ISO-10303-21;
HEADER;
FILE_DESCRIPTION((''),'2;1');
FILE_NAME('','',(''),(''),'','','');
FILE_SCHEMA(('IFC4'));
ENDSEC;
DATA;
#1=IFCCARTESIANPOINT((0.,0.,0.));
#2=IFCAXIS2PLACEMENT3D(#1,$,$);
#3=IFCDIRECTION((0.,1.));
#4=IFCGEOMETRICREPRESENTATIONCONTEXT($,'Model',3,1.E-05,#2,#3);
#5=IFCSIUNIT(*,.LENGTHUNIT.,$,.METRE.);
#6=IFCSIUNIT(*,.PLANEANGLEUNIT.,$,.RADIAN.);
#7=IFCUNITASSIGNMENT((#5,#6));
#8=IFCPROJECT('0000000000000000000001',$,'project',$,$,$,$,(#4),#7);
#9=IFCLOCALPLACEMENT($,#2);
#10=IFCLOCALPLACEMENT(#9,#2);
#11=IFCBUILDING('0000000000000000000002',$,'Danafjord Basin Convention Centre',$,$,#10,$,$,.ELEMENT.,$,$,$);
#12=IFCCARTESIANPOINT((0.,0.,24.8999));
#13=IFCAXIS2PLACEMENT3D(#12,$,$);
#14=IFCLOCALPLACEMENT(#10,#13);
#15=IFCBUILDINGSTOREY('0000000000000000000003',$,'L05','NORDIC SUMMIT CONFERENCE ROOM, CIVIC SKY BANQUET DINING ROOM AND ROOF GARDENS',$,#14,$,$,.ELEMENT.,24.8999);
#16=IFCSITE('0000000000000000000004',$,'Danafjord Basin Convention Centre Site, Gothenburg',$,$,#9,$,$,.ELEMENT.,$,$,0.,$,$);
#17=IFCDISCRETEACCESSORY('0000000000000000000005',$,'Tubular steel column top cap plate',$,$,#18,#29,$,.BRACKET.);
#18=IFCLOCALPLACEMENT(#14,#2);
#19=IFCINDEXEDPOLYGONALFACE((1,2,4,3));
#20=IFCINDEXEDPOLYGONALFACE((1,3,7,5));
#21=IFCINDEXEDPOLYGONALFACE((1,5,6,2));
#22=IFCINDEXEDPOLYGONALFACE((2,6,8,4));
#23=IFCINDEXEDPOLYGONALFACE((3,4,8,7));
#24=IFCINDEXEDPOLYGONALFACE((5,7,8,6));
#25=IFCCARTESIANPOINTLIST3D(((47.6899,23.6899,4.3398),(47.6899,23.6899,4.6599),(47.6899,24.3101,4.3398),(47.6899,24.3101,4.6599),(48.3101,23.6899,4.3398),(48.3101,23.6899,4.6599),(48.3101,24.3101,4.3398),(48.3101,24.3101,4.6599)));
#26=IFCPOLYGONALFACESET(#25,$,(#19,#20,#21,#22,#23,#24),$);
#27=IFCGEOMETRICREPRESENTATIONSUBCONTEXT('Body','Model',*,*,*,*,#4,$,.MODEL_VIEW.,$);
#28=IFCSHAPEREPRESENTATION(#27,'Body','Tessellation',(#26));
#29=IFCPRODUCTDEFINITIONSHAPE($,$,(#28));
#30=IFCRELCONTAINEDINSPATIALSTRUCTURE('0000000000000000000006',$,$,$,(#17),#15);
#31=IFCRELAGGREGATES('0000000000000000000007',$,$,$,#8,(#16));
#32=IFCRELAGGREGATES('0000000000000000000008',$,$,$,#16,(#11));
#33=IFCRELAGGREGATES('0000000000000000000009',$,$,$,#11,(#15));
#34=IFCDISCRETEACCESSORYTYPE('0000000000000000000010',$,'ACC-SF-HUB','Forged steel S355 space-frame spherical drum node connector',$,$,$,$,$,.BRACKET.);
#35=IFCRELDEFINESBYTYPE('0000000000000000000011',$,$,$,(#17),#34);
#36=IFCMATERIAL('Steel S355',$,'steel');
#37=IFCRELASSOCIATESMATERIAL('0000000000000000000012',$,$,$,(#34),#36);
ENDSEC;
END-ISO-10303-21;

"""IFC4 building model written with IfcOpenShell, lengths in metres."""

from ifc_helpers import new_model, si_unit, direction, frame, origin, origin_2d, place, context, subcontext, project, spatial, rectangle, extrude, material, type_object, element, save


model = new_model("IFC4")

# Units and contexts
model_context = context("Model", 3, precision=1e-05, world=origin(), true_north=direction((0.0, 1.0)))
body_context = subcontext(model_context, "Body", "Model", "MODEL_VIEW")
ifc_project = project(units=[si_unit("LENGTHUNIT", "METRE"), si_unit("PLANEANGLEUNIT", "RADIAN")], contexts=[model_context])

# Site, building, storey
site_placement = place(None, origin())
site = spatial("IfcSite", under=ifc_project, at=site_placement, Name="Danafjord Basin Convention Centre Site, Gothenburg", CompositionType="ELEMENT", RefElevation=0.0)
building_placement = place(site_placement, origin())
building = spatial("IfcBuilding", under=site, at=building_placement, Name="Danafjord Basin Convention Centre", CompositionType="ELEMENT")
storey_placement = place(building_placement, frame((0.0, 0.0, 24.8999)))
storey = spatial("IfcBuildingStorey", under=building, at=storey_placement, Name="L05", Description="NORDIC SUMMIT CONFERENCE ROOM, CIVIC SKY BANQUET DINING ROOM AND ROOF GARDENS", CompositionType="ELEMENT", Elevation=24.8999)

# Shared definitions
ifc_material_1 = material(Name="Steel S355", Category="steel")

# Discrete accessory
discrete_accessory_type_1 = type_object("IfcDiscreteAccessoryType", Name="ACC-SF-HUB", Description="Forged steel S355 space-frame spherical drum node connector", PredefinedType="BRACKET", material=ifc_material_1)
discrete_accessory_1_placement = place(storey_placement, frame((48.0, 24.0, 4.3398), z_axis=(0.0, 0.0, 1.0), x_axis=(1.0, 0.0, 0.0)))
element("IfcDiscreteAccessory", 1, at=discrete_accessory_1_placement, inside=storey, type_object=discrete_accessory_type_1, Name="Tubular steel column top cap plate", PredefinedType="BRACKET", context=body_context, shape_type="SweptSolid", body=[
    extrude(rectangle(XDim=0.6201, YDim=0.6201, at=origin_2d()), origin(), (0.0, 0.0, 1.0), 0.3201),
])

save(model, "model.ifc")
